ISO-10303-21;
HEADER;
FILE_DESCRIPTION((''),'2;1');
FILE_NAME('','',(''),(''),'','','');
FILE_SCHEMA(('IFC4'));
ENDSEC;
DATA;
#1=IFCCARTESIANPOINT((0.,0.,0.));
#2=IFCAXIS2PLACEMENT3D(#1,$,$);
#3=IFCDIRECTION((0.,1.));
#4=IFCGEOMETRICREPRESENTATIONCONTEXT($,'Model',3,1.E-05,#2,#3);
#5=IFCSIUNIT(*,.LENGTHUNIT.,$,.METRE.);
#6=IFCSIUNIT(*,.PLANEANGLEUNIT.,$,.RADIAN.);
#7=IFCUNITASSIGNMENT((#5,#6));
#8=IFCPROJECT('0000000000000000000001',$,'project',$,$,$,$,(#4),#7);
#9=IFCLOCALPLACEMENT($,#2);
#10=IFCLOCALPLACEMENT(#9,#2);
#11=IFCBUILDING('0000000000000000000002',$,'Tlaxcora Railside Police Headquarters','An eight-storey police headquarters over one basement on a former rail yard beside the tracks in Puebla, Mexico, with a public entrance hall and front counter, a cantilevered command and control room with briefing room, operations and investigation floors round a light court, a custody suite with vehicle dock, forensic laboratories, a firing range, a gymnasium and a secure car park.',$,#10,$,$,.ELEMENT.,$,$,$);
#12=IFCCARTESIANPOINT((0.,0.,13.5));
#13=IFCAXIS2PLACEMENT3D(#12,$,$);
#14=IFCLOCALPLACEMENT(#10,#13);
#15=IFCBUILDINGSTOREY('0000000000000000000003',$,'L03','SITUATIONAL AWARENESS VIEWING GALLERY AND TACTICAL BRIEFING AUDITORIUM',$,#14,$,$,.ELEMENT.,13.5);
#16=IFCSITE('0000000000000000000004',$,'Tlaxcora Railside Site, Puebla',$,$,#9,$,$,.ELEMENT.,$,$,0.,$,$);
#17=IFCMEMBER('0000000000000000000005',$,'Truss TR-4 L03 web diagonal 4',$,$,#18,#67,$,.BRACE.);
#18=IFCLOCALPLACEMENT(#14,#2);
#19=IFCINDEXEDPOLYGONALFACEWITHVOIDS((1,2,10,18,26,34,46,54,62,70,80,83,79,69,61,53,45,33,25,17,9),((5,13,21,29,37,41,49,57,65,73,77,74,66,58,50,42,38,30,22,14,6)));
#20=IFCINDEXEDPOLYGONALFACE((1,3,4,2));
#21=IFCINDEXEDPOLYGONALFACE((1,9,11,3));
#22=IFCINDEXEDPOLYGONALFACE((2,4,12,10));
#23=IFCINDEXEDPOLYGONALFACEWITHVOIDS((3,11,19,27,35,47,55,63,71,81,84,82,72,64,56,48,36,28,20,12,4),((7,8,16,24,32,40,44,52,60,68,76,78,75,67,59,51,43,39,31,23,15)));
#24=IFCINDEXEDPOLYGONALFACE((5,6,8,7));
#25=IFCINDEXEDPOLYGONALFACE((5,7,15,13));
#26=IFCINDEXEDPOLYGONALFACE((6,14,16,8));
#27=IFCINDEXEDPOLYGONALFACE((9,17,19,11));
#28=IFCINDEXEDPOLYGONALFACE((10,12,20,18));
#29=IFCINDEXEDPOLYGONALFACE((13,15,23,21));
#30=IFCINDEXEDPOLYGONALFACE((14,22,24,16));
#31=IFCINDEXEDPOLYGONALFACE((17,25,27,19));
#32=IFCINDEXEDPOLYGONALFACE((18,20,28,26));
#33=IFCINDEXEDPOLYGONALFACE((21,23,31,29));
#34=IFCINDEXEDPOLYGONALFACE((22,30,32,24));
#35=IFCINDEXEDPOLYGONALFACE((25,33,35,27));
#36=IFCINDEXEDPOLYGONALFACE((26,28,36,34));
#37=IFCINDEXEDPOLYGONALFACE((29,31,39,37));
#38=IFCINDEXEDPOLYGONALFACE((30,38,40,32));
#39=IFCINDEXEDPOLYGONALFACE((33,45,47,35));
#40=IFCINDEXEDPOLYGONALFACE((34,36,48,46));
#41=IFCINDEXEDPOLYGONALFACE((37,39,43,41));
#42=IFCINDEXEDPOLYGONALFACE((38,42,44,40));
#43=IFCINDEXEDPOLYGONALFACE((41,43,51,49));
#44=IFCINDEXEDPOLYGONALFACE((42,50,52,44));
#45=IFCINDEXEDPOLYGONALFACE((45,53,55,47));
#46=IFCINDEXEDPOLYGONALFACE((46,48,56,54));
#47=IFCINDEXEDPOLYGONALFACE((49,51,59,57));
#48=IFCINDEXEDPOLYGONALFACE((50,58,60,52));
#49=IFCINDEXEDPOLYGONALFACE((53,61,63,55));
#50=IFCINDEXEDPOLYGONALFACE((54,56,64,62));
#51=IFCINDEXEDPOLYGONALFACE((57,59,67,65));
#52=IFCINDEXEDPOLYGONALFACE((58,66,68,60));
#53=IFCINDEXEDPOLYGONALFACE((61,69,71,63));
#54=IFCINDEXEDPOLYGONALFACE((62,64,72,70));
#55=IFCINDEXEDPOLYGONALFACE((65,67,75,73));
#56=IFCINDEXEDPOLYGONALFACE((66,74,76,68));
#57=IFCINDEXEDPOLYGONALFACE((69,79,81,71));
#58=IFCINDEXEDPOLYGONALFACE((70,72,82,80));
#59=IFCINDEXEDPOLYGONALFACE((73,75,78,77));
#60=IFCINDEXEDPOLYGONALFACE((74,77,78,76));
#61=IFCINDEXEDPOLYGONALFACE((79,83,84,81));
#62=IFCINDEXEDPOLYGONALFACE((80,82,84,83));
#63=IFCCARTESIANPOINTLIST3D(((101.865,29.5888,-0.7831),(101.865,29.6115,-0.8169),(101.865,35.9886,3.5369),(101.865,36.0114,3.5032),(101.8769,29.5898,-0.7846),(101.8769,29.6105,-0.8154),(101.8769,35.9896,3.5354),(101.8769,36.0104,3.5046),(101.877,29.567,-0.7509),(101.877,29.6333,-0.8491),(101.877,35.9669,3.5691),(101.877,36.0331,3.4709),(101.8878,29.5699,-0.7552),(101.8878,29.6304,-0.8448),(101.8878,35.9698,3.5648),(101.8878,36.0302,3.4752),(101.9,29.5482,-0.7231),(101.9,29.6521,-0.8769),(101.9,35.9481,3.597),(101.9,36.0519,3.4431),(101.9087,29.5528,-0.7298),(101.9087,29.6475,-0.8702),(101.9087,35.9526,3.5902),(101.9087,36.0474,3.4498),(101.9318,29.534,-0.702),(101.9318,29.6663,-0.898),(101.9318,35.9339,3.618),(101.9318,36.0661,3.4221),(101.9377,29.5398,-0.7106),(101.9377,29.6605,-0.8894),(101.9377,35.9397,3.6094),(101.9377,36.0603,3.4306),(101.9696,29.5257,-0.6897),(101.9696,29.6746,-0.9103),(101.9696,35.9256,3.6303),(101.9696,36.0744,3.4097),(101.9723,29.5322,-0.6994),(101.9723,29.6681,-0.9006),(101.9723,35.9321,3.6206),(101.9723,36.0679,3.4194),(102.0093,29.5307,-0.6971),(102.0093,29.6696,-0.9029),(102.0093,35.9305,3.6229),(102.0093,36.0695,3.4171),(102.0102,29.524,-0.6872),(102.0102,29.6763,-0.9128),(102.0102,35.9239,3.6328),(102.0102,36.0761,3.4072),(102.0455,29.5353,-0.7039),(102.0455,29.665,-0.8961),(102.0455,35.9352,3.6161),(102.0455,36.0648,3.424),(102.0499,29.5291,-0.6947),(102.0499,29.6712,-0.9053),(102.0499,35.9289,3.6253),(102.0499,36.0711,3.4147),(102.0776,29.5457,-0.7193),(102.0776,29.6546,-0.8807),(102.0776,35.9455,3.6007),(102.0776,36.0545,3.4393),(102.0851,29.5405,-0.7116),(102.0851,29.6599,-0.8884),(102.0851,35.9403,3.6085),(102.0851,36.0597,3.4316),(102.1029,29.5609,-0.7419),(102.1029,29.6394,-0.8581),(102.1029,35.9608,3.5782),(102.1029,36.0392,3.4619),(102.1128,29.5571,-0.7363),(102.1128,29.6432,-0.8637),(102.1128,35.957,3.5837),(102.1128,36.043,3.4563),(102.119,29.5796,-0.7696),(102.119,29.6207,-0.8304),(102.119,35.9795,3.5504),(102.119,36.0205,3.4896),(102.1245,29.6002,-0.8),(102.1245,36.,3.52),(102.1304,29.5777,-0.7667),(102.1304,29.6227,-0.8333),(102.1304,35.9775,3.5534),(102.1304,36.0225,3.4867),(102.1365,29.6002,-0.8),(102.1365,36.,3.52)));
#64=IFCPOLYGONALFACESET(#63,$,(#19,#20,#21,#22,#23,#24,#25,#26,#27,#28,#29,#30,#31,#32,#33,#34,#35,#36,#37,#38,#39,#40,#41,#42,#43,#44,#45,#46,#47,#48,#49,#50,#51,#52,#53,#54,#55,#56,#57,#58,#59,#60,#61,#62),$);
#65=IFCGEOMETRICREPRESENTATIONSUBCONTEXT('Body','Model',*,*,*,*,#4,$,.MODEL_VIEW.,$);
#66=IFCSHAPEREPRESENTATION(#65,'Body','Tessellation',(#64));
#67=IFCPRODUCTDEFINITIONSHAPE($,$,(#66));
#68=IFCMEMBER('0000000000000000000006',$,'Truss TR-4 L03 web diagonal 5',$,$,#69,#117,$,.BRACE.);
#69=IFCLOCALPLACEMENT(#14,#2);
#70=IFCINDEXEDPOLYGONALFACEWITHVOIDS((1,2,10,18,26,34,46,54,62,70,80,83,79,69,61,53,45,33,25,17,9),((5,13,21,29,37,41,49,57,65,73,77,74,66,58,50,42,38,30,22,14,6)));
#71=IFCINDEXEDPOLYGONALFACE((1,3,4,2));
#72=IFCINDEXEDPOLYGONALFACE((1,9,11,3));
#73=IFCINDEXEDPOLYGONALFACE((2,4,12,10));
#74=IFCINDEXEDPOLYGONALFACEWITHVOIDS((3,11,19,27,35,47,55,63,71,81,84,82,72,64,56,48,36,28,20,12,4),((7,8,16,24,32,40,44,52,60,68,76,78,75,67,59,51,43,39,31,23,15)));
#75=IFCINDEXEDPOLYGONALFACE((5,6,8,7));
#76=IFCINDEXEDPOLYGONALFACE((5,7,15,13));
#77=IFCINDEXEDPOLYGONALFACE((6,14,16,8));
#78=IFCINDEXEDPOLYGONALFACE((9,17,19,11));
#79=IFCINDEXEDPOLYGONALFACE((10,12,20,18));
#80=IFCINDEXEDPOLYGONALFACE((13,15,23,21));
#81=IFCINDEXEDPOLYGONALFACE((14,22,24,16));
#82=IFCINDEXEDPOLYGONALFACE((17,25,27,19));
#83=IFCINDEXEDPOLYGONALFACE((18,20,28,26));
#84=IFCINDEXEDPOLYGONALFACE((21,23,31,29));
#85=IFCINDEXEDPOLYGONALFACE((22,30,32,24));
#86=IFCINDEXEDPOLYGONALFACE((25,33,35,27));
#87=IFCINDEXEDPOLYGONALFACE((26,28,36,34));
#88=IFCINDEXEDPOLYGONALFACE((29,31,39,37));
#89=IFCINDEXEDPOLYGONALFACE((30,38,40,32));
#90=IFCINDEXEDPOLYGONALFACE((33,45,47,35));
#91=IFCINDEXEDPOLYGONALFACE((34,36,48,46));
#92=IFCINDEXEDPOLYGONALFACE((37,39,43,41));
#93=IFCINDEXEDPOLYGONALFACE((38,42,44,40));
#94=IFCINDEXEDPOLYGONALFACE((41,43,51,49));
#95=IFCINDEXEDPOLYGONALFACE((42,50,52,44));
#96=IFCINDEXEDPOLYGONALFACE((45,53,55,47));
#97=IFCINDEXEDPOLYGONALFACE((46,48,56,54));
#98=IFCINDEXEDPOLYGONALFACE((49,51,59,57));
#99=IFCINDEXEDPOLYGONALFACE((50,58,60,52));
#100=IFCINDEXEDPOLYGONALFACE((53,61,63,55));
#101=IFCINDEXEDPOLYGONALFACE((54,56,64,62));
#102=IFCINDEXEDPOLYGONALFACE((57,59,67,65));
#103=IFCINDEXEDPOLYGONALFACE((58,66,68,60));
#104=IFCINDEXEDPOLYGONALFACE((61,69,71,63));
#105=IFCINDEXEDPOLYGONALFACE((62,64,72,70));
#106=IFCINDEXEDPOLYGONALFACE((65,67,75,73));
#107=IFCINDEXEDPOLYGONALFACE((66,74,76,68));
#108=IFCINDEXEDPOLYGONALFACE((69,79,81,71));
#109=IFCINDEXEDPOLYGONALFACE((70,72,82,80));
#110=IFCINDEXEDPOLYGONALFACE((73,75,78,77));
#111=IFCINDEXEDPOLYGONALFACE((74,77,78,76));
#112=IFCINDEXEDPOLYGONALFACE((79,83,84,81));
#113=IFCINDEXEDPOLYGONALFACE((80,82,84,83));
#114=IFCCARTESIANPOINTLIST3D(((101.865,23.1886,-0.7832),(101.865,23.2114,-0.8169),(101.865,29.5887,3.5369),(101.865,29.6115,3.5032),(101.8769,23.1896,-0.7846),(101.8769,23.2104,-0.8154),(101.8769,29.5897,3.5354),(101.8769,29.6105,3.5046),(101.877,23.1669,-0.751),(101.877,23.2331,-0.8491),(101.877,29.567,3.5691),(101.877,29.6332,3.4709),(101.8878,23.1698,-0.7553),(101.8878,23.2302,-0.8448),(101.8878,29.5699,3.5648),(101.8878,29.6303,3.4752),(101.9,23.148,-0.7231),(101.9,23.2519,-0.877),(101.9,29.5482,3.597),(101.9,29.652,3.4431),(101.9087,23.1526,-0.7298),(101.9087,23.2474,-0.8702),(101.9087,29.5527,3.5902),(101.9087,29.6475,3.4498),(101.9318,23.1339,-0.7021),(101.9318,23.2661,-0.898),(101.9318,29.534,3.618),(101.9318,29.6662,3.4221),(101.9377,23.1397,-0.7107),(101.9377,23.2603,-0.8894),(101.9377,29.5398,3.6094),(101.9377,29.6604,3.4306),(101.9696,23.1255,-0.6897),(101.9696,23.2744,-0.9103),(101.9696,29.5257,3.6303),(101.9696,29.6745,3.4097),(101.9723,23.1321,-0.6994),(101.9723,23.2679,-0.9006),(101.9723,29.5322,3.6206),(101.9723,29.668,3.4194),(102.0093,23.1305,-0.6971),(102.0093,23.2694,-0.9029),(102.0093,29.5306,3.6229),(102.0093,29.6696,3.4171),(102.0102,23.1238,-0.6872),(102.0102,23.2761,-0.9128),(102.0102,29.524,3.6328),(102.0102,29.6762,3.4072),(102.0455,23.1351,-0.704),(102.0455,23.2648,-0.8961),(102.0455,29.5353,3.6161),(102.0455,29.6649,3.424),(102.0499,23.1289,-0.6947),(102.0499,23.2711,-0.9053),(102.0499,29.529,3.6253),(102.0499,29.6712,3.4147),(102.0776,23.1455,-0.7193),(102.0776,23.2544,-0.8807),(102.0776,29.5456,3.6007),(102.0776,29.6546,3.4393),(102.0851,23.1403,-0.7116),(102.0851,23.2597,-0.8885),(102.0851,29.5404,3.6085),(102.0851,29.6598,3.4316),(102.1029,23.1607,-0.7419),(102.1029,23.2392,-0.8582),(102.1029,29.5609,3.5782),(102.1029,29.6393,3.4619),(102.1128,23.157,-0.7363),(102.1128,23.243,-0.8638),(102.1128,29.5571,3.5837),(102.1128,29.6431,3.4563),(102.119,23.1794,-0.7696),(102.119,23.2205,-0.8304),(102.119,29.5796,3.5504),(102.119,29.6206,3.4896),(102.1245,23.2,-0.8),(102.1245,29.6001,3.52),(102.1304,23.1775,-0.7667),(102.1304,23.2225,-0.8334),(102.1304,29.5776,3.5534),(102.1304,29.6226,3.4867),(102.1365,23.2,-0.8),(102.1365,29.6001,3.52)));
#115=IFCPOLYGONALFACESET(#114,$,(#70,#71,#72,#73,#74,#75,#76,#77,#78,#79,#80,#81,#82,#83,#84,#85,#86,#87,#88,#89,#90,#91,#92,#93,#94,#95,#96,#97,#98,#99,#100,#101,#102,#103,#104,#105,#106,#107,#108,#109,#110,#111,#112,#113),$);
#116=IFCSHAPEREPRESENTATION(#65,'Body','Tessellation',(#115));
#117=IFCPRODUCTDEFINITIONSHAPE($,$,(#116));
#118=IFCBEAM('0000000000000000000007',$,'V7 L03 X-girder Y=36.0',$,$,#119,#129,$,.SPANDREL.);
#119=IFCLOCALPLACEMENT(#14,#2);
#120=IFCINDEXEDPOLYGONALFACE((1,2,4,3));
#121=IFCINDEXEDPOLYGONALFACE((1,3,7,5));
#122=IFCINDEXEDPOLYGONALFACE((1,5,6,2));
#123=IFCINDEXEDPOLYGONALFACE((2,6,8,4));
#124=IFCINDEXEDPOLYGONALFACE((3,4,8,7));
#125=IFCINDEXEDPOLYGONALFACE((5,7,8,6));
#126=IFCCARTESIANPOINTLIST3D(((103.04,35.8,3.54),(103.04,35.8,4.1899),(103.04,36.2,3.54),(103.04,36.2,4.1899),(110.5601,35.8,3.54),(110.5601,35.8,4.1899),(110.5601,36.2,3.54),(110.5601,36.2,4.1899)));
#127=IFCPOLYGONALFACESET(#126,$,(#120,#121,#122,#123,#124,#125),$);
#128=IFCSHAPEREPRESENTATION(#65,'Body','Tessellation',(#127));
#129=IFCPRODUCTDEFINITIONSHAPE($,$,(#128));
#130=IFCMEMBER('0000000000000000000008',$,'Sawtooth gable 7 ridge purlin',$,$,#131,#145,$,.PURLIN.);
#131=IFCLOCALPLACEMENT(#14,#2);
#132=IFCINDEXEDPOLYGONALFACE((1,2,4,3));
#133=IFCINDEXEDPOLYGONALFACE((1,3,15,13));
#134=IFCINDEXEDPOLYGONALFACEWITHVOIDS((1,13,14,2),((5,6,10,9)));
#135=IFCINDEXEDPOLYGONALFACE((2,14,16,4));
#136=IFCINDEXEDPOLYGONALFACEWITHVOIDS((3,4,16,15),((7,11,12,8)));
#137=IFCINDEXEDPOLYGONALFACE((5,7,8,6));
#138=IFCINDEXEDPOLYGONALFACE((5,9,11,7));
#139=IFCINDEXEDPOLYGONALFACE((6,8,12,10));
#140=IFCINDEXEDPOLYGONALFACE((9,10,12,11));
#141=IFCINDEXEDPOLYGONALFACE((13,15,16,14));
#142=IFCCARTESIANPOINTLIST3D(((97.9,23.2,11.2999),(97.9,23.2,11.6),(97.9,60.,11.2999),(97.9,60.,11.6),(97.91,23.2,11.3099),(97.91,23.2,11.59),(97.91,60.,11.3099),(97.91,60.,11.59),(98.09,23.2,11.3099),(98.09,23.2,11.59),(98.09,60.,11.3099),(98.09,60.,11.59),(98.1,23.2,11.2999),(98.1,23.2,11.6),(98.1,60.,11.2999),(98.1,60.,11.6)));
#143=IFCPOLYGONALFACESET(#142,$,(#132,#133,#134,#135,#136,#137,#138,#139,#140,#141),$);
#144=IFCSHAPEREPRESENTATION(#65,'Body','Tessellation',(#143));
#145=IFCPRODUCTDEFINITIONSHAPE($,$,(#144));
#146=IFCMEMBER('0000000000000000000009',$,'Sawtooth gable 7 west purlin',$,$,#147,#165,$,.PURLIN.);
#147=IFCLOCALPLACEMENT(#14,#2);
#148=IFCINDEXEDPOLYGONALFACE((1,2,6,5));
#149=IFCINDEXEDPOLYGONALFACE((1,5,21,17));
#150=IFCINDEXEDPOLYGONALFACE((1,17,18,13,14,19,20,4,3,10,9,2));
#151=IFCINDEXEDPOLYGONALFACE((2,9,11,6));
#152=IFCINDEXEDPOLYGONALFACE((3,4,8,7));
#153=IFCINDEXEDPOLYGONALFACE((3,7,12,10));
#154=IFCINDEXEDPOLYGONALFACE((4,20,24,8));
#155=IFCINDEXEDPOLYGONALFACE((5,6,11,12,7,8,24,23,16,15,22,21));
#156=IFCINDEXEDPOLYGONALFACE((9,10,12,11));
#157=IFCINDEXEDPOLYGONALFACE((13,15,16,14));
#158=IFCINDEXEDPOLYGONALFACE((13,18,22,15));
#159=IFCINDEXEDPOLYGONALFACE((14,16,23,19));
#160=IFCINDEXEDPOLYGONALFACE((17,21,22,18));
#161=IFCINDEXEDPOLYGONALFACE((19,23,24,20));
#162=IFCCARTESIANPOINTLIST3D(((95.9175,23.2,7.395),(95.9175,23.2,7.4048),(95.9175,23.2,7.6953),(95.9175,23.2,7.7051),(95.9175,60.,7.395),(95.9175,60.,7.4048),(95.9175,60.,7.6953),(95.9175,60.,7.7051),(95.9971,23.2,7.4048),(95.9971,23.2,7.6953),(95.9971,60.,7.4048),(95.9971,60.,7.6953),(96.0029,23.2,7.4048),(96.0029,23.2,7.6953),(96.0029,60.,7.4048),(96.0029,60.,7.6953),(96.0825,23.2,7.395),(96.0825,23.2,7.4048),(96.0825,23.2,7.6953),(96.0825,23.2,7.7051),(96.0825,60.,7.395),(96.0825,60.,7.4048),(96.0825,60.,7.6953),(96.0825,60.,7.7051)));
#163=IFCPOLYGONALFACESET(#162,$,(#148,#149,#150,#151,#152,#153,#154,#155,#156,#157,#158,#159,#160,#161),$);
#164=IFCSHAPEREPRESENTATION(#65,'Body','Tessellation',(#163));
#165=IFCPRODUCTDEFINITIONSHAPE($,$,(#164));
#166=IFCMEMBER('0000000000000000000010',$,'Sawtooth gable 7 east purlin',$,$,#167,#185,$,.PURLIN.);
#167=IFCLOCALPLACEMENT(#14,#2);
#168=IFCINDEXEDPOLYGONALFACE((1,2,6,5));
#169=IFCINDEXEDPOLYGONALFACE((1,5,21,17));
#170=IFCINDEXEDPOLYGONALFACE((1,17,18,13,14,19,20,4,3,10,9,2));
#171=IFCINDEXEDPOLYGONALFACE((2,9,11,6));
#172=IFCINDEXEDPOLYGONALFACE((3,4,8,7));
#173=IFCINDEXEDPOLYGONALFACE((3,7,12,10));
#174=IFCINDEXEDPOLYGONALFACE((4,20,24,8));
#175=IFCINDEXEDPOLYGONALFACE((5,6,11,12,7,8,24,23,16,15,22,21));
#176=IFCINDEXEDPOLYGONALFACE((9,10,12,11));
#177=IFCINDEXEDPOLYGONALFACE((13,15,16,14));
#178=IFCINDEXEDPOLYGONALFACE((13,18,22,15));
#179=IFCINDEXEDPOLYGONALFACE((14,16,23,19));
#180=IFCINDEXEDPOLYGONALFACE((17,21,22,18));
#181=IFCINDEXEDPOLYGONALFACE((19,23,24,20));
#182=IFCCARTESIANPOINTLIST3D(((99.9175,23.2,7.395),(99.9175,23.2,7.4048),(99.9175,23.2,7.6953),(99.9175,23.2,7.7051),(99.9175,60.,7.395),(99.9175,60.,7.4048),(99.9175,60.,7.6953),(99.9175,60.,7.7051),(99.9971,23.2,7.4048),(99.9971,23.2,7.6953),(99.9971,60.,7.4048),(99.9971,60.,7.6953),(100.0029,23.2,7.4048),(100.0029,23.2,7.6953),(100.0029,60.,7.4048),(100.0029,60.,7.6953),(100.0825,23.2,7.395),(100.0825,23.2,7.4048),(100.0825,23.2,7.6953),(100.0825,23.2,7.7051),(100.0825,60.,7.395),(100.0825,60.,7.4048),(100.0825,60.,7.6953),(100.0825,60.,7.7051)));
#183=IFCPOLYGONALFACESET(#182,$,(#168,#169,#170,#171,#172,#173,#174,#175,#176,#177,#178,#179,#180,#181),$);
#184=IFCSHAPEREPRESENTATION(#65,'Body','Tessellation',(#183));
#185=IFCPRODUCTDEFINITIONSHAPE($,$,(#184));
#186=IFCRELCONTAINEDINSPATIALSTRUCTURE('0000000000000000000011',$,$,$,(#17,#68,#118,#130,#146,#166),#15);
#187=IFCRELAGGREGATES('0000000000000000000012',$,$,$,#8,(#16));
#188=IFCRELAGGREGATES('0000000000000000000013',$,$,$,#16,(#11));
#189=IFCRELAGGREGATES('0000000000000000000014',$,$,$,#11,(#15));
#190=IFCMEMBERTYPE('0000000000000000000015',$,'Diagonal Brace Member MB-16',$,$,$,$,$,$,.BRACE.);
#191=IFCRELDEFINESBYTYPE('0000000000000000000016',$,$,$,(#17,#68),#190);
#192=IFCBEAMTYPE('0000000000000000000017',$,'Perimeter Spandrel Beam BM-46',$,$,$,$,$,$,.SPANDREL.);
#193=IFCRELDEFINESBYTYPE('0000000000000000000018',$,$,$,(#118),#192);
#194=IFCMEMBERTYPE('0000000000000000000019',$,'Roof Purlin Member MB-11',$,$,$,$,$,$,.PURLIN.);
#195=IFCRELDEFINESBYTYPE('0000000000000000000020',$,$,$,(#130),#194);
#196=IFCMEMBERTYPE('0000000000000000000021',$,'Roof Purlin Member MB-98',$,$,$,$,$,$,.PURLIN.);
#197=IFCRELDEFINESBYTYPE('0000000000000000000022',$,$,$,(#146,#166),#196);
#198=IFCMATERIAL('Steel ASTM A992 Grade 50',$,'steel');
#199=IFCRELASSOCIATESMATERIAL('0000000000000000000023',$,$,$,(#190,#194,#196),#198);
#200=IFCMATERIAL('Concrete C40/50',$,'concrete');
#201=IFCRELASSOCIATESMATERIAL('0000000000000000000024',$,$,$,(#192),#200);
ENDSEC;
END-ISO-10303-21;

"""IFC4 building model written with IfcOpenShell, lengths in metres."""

from ifc_helpers import new_model, si_unit, direction, frame, origin, origin_2d, place, context, subcontext, project, spatial, rectangle, hollow_rectangle, hollow_circle, i_section, extrude, material, material_profile, profile_set, type_object, element, save


model = new_model("IFC4")

# Units and contexts
model_context = context("Model", 3, precision=1e-05, world=origin(), true_north=direction((0.0, 1.0)))
body_context = subcontext(model_context, "Body", "Model", "MODEL_VIEW")
ifc_project = project(units=[si_unit("LENGTHUNIT", "METRE"), si_unit("PLANEANGLEUNIT", "RADIAN")], contexts=[model_context])

# Site, building, storey
site_placement = place(None, origin())
site = spatial("IfcSite", under=ifc_project, at=site_placement, Name="Tlaxcora Railside Site, Puebla", CompositionType="ELEMENT", RefElevation=0.0)
building_placement = place(site_placement, origin())
building = spatial("IfcBuilding", under=site, at=building_placement, Name="Tlaxcora Railside Police Headquarters", Description="An eight-storey police headquarters over one basement on a former rail yard beside the tracks in Puebla, Mexico, with a public entrance hall and front counter, a cantilevered command and control room with briefing room, operations and investigation floors round a light court, a custody suite with vehicle dock, forensic laboratories, a firing range, a gymnasium and a secure car park.", CompositionType="ELEMENT")
storey_placement = place(building_placement, frame((0.0, 0.0, 13.5)))
storey = spatial("IfcBuildingStorey", under=building, at=storey_placement, Name="L03", Description="SITUATIONAL AWARENESS VIEWING GALLERY AND TACTICAL BRIEFING AUDITORIUM", CompositionType="ELEMENT", Elevation=13.5)

# Shared definitions
ifc_material_1 = material(Name="Concrete C40/50", Category="concrete")

# Members
ifc_material_2 = material(Name="Steel ASTM A992 Grade 50", Category="steel")
ifc_material_profile_1 = material_profile(ifc_material_2, hollow_circle(Radius=0.1365, WallThickness=0.012, at=origin_2d()), Name="CHS273X12")
ifc_profile_set_1 = profile_set([ifc_material_profile_1], Name="Steel ASTM A992 Grade 50")
member_type_1 = type_object("IfcMemberType", Name="Diagonal Brace Member MB-16", PredefinedType="BRACE", material=ifc_profile_set_1)
member_1_placement = place(storey_placement, frame((102.0, 36.0, 3.52), z_axis=(0.0, -0.828841, -0.559485), x_axis=(1.0, 0.0, 0.0)))
element("IfcMember", 1, at=member_1_placement, inside=storey, type_object=member_type_1, Name="Truss TR-4 L03 web diagonal 4", PredefinedType="BRACE", context=body_context, shape_type="SweptSolid", body=[
    extrude(hollow_circle(Radius=0.1365, WallThickness=0.012, at=origin_2d()), origin(), (0.0, 0.0, 1.0), 7.7214),
])
member_2_placement = place(storey_placement, frame((102.0, 29.6001, 3.52), z_axis=(0.0, -0.828851, -0.55947), x_axis=(1.0, 0.0, 0.0)))
element("IfcMember", 2, at=member_2_placement, inside=storey, type_object=member_type_1, Name="Truss TR-4 L03 web diagonal 5", PredefinedType="BRACE", context=body_context, shape_type="SweptSolid", body=[
    extrude(hollow_circle(Radius=0.1365, WallThickness=0.012, at=origin_2d()), origin(), (0.0, 0.0, 1.0), 7.7217),
])

# Beam
ifc_material_profile_2 = material_profile(ifc_material_1, rectangle(XDim=0.3999, YDim=0.6499, at=origin_2d()), Name="RC400X650")
ifc_profile_set_2 = profile_set([ifc_material_profile_2], Name="Concrete C40/50")
beam_type = type_object("IfcBeamType", Name="Perimeter Spandrel Beam BM-46", PredefinedType="SPANDREL", material=ifc_profile_set_2)
beam_placement = place(storey_placement, frame((103.04, 36.0, 3.865), z_axis=(1.0, 0.0, 0.0), x_axis=(0.0, 1.0, 0.0)))
element("IfcBeam", 3, at=beam_placement, inside=storey, type_object=beam_type, Name="V7 L03 X-girder Y=36.0", PredefinedType="SPANDREL", context=body_context, shape_type="SweptSolid", body=[
    extrude(rectangle(XDim=0.3999, YDim=0.6499, at=origin_2d()), origin(), (0.0, 0.0, 1.0), 7.52),
])

# Members
ifc_material_profile_3 = material_profile(ifc_material_2, hollow_rectangle(XDim=0.2, YDim=0.3, WallThickness=0.01, at=origin_2d()), Name="HSS300X200X10")
ifc_profile_set_3 = profile_set([ifc_material_profile_3], Name="Steel ASTM A992 Grade 50")
member_type_2 = type_object("IfcMemberType", Name="Roof Purlin Member MB-11", PredefinedType="PURLIN", material=ifc_profile_set_3)
member_3_placement = place(storey_placement, frame((98.0, 23.2, 11.45), z_axis=(0.0, 1.0, 0.0), x_axis=(-1.0, 0.0, 0.0)))
element("IfcMember", 4, at=member_3_placement, inside=storey, type_object=member_type_2, Name="Sawtooth gable 7 ridge purlin", PredefinedType="PURLIN", context=body_context, shape_type="SweptSolid", body=[
    extrude(hollow_rectangle(XDim=0.2, YDim=0.3, WallThickness=0.01, at=origin_2d()), origin(), (0.0, 0.0, 1.0), 36.8),
])
ifc_material_profile_4 = material_profile(ifc_material_2, i_section(OverallWidth=0.165, OverallDepth=0.3101, WebThickness=0.0059, FlangeThickness=0.0098, at=origin_2d()), Name="W12X26")
ifc_profile_set_4 = profile_set([ifc_material_profile_4], Name="Steel ASTM A992 Grade 50")
member_type_3 = type_object("IfcMemberType", Name="Roof Purlin Member MB-98", PredefinedType="PURLIN", material=ifc_profile_set_4)
for number, where, z_axis, x_axis, name in (
    (5, (96.0, 23.2, 7.55), (0.0, 1.0, 0.0), (-1.0, 0.0, 0.0), "Sawtooth gable 7 west purlin"),
    (6, (100.0, 23.2, 7.55), (0.0, 1.0, 0.0), (-1.0, 0.0, 0.0), "Sawtooth gable 7 east purlin"),
):
    element("IfcMember", number, at=place(storey_placement, frame(where, z_axis=z_axis, x_axis=x_axis)), inside=storey, type_object=member_type_3, Name=name, PredefinedType="PURLIN", context=body_context, shape_type="SweptSolid", body=[
        extrude(i_section(OverallWidth=0.165, OverallDepth=0.3101, WebThickness=0.0059, FlangeThickness=0.0098, at=origin_2d()), origin(), (0.0, 0.0, 1.0), 36.8),
    ])

save(model, "model.ifc")
